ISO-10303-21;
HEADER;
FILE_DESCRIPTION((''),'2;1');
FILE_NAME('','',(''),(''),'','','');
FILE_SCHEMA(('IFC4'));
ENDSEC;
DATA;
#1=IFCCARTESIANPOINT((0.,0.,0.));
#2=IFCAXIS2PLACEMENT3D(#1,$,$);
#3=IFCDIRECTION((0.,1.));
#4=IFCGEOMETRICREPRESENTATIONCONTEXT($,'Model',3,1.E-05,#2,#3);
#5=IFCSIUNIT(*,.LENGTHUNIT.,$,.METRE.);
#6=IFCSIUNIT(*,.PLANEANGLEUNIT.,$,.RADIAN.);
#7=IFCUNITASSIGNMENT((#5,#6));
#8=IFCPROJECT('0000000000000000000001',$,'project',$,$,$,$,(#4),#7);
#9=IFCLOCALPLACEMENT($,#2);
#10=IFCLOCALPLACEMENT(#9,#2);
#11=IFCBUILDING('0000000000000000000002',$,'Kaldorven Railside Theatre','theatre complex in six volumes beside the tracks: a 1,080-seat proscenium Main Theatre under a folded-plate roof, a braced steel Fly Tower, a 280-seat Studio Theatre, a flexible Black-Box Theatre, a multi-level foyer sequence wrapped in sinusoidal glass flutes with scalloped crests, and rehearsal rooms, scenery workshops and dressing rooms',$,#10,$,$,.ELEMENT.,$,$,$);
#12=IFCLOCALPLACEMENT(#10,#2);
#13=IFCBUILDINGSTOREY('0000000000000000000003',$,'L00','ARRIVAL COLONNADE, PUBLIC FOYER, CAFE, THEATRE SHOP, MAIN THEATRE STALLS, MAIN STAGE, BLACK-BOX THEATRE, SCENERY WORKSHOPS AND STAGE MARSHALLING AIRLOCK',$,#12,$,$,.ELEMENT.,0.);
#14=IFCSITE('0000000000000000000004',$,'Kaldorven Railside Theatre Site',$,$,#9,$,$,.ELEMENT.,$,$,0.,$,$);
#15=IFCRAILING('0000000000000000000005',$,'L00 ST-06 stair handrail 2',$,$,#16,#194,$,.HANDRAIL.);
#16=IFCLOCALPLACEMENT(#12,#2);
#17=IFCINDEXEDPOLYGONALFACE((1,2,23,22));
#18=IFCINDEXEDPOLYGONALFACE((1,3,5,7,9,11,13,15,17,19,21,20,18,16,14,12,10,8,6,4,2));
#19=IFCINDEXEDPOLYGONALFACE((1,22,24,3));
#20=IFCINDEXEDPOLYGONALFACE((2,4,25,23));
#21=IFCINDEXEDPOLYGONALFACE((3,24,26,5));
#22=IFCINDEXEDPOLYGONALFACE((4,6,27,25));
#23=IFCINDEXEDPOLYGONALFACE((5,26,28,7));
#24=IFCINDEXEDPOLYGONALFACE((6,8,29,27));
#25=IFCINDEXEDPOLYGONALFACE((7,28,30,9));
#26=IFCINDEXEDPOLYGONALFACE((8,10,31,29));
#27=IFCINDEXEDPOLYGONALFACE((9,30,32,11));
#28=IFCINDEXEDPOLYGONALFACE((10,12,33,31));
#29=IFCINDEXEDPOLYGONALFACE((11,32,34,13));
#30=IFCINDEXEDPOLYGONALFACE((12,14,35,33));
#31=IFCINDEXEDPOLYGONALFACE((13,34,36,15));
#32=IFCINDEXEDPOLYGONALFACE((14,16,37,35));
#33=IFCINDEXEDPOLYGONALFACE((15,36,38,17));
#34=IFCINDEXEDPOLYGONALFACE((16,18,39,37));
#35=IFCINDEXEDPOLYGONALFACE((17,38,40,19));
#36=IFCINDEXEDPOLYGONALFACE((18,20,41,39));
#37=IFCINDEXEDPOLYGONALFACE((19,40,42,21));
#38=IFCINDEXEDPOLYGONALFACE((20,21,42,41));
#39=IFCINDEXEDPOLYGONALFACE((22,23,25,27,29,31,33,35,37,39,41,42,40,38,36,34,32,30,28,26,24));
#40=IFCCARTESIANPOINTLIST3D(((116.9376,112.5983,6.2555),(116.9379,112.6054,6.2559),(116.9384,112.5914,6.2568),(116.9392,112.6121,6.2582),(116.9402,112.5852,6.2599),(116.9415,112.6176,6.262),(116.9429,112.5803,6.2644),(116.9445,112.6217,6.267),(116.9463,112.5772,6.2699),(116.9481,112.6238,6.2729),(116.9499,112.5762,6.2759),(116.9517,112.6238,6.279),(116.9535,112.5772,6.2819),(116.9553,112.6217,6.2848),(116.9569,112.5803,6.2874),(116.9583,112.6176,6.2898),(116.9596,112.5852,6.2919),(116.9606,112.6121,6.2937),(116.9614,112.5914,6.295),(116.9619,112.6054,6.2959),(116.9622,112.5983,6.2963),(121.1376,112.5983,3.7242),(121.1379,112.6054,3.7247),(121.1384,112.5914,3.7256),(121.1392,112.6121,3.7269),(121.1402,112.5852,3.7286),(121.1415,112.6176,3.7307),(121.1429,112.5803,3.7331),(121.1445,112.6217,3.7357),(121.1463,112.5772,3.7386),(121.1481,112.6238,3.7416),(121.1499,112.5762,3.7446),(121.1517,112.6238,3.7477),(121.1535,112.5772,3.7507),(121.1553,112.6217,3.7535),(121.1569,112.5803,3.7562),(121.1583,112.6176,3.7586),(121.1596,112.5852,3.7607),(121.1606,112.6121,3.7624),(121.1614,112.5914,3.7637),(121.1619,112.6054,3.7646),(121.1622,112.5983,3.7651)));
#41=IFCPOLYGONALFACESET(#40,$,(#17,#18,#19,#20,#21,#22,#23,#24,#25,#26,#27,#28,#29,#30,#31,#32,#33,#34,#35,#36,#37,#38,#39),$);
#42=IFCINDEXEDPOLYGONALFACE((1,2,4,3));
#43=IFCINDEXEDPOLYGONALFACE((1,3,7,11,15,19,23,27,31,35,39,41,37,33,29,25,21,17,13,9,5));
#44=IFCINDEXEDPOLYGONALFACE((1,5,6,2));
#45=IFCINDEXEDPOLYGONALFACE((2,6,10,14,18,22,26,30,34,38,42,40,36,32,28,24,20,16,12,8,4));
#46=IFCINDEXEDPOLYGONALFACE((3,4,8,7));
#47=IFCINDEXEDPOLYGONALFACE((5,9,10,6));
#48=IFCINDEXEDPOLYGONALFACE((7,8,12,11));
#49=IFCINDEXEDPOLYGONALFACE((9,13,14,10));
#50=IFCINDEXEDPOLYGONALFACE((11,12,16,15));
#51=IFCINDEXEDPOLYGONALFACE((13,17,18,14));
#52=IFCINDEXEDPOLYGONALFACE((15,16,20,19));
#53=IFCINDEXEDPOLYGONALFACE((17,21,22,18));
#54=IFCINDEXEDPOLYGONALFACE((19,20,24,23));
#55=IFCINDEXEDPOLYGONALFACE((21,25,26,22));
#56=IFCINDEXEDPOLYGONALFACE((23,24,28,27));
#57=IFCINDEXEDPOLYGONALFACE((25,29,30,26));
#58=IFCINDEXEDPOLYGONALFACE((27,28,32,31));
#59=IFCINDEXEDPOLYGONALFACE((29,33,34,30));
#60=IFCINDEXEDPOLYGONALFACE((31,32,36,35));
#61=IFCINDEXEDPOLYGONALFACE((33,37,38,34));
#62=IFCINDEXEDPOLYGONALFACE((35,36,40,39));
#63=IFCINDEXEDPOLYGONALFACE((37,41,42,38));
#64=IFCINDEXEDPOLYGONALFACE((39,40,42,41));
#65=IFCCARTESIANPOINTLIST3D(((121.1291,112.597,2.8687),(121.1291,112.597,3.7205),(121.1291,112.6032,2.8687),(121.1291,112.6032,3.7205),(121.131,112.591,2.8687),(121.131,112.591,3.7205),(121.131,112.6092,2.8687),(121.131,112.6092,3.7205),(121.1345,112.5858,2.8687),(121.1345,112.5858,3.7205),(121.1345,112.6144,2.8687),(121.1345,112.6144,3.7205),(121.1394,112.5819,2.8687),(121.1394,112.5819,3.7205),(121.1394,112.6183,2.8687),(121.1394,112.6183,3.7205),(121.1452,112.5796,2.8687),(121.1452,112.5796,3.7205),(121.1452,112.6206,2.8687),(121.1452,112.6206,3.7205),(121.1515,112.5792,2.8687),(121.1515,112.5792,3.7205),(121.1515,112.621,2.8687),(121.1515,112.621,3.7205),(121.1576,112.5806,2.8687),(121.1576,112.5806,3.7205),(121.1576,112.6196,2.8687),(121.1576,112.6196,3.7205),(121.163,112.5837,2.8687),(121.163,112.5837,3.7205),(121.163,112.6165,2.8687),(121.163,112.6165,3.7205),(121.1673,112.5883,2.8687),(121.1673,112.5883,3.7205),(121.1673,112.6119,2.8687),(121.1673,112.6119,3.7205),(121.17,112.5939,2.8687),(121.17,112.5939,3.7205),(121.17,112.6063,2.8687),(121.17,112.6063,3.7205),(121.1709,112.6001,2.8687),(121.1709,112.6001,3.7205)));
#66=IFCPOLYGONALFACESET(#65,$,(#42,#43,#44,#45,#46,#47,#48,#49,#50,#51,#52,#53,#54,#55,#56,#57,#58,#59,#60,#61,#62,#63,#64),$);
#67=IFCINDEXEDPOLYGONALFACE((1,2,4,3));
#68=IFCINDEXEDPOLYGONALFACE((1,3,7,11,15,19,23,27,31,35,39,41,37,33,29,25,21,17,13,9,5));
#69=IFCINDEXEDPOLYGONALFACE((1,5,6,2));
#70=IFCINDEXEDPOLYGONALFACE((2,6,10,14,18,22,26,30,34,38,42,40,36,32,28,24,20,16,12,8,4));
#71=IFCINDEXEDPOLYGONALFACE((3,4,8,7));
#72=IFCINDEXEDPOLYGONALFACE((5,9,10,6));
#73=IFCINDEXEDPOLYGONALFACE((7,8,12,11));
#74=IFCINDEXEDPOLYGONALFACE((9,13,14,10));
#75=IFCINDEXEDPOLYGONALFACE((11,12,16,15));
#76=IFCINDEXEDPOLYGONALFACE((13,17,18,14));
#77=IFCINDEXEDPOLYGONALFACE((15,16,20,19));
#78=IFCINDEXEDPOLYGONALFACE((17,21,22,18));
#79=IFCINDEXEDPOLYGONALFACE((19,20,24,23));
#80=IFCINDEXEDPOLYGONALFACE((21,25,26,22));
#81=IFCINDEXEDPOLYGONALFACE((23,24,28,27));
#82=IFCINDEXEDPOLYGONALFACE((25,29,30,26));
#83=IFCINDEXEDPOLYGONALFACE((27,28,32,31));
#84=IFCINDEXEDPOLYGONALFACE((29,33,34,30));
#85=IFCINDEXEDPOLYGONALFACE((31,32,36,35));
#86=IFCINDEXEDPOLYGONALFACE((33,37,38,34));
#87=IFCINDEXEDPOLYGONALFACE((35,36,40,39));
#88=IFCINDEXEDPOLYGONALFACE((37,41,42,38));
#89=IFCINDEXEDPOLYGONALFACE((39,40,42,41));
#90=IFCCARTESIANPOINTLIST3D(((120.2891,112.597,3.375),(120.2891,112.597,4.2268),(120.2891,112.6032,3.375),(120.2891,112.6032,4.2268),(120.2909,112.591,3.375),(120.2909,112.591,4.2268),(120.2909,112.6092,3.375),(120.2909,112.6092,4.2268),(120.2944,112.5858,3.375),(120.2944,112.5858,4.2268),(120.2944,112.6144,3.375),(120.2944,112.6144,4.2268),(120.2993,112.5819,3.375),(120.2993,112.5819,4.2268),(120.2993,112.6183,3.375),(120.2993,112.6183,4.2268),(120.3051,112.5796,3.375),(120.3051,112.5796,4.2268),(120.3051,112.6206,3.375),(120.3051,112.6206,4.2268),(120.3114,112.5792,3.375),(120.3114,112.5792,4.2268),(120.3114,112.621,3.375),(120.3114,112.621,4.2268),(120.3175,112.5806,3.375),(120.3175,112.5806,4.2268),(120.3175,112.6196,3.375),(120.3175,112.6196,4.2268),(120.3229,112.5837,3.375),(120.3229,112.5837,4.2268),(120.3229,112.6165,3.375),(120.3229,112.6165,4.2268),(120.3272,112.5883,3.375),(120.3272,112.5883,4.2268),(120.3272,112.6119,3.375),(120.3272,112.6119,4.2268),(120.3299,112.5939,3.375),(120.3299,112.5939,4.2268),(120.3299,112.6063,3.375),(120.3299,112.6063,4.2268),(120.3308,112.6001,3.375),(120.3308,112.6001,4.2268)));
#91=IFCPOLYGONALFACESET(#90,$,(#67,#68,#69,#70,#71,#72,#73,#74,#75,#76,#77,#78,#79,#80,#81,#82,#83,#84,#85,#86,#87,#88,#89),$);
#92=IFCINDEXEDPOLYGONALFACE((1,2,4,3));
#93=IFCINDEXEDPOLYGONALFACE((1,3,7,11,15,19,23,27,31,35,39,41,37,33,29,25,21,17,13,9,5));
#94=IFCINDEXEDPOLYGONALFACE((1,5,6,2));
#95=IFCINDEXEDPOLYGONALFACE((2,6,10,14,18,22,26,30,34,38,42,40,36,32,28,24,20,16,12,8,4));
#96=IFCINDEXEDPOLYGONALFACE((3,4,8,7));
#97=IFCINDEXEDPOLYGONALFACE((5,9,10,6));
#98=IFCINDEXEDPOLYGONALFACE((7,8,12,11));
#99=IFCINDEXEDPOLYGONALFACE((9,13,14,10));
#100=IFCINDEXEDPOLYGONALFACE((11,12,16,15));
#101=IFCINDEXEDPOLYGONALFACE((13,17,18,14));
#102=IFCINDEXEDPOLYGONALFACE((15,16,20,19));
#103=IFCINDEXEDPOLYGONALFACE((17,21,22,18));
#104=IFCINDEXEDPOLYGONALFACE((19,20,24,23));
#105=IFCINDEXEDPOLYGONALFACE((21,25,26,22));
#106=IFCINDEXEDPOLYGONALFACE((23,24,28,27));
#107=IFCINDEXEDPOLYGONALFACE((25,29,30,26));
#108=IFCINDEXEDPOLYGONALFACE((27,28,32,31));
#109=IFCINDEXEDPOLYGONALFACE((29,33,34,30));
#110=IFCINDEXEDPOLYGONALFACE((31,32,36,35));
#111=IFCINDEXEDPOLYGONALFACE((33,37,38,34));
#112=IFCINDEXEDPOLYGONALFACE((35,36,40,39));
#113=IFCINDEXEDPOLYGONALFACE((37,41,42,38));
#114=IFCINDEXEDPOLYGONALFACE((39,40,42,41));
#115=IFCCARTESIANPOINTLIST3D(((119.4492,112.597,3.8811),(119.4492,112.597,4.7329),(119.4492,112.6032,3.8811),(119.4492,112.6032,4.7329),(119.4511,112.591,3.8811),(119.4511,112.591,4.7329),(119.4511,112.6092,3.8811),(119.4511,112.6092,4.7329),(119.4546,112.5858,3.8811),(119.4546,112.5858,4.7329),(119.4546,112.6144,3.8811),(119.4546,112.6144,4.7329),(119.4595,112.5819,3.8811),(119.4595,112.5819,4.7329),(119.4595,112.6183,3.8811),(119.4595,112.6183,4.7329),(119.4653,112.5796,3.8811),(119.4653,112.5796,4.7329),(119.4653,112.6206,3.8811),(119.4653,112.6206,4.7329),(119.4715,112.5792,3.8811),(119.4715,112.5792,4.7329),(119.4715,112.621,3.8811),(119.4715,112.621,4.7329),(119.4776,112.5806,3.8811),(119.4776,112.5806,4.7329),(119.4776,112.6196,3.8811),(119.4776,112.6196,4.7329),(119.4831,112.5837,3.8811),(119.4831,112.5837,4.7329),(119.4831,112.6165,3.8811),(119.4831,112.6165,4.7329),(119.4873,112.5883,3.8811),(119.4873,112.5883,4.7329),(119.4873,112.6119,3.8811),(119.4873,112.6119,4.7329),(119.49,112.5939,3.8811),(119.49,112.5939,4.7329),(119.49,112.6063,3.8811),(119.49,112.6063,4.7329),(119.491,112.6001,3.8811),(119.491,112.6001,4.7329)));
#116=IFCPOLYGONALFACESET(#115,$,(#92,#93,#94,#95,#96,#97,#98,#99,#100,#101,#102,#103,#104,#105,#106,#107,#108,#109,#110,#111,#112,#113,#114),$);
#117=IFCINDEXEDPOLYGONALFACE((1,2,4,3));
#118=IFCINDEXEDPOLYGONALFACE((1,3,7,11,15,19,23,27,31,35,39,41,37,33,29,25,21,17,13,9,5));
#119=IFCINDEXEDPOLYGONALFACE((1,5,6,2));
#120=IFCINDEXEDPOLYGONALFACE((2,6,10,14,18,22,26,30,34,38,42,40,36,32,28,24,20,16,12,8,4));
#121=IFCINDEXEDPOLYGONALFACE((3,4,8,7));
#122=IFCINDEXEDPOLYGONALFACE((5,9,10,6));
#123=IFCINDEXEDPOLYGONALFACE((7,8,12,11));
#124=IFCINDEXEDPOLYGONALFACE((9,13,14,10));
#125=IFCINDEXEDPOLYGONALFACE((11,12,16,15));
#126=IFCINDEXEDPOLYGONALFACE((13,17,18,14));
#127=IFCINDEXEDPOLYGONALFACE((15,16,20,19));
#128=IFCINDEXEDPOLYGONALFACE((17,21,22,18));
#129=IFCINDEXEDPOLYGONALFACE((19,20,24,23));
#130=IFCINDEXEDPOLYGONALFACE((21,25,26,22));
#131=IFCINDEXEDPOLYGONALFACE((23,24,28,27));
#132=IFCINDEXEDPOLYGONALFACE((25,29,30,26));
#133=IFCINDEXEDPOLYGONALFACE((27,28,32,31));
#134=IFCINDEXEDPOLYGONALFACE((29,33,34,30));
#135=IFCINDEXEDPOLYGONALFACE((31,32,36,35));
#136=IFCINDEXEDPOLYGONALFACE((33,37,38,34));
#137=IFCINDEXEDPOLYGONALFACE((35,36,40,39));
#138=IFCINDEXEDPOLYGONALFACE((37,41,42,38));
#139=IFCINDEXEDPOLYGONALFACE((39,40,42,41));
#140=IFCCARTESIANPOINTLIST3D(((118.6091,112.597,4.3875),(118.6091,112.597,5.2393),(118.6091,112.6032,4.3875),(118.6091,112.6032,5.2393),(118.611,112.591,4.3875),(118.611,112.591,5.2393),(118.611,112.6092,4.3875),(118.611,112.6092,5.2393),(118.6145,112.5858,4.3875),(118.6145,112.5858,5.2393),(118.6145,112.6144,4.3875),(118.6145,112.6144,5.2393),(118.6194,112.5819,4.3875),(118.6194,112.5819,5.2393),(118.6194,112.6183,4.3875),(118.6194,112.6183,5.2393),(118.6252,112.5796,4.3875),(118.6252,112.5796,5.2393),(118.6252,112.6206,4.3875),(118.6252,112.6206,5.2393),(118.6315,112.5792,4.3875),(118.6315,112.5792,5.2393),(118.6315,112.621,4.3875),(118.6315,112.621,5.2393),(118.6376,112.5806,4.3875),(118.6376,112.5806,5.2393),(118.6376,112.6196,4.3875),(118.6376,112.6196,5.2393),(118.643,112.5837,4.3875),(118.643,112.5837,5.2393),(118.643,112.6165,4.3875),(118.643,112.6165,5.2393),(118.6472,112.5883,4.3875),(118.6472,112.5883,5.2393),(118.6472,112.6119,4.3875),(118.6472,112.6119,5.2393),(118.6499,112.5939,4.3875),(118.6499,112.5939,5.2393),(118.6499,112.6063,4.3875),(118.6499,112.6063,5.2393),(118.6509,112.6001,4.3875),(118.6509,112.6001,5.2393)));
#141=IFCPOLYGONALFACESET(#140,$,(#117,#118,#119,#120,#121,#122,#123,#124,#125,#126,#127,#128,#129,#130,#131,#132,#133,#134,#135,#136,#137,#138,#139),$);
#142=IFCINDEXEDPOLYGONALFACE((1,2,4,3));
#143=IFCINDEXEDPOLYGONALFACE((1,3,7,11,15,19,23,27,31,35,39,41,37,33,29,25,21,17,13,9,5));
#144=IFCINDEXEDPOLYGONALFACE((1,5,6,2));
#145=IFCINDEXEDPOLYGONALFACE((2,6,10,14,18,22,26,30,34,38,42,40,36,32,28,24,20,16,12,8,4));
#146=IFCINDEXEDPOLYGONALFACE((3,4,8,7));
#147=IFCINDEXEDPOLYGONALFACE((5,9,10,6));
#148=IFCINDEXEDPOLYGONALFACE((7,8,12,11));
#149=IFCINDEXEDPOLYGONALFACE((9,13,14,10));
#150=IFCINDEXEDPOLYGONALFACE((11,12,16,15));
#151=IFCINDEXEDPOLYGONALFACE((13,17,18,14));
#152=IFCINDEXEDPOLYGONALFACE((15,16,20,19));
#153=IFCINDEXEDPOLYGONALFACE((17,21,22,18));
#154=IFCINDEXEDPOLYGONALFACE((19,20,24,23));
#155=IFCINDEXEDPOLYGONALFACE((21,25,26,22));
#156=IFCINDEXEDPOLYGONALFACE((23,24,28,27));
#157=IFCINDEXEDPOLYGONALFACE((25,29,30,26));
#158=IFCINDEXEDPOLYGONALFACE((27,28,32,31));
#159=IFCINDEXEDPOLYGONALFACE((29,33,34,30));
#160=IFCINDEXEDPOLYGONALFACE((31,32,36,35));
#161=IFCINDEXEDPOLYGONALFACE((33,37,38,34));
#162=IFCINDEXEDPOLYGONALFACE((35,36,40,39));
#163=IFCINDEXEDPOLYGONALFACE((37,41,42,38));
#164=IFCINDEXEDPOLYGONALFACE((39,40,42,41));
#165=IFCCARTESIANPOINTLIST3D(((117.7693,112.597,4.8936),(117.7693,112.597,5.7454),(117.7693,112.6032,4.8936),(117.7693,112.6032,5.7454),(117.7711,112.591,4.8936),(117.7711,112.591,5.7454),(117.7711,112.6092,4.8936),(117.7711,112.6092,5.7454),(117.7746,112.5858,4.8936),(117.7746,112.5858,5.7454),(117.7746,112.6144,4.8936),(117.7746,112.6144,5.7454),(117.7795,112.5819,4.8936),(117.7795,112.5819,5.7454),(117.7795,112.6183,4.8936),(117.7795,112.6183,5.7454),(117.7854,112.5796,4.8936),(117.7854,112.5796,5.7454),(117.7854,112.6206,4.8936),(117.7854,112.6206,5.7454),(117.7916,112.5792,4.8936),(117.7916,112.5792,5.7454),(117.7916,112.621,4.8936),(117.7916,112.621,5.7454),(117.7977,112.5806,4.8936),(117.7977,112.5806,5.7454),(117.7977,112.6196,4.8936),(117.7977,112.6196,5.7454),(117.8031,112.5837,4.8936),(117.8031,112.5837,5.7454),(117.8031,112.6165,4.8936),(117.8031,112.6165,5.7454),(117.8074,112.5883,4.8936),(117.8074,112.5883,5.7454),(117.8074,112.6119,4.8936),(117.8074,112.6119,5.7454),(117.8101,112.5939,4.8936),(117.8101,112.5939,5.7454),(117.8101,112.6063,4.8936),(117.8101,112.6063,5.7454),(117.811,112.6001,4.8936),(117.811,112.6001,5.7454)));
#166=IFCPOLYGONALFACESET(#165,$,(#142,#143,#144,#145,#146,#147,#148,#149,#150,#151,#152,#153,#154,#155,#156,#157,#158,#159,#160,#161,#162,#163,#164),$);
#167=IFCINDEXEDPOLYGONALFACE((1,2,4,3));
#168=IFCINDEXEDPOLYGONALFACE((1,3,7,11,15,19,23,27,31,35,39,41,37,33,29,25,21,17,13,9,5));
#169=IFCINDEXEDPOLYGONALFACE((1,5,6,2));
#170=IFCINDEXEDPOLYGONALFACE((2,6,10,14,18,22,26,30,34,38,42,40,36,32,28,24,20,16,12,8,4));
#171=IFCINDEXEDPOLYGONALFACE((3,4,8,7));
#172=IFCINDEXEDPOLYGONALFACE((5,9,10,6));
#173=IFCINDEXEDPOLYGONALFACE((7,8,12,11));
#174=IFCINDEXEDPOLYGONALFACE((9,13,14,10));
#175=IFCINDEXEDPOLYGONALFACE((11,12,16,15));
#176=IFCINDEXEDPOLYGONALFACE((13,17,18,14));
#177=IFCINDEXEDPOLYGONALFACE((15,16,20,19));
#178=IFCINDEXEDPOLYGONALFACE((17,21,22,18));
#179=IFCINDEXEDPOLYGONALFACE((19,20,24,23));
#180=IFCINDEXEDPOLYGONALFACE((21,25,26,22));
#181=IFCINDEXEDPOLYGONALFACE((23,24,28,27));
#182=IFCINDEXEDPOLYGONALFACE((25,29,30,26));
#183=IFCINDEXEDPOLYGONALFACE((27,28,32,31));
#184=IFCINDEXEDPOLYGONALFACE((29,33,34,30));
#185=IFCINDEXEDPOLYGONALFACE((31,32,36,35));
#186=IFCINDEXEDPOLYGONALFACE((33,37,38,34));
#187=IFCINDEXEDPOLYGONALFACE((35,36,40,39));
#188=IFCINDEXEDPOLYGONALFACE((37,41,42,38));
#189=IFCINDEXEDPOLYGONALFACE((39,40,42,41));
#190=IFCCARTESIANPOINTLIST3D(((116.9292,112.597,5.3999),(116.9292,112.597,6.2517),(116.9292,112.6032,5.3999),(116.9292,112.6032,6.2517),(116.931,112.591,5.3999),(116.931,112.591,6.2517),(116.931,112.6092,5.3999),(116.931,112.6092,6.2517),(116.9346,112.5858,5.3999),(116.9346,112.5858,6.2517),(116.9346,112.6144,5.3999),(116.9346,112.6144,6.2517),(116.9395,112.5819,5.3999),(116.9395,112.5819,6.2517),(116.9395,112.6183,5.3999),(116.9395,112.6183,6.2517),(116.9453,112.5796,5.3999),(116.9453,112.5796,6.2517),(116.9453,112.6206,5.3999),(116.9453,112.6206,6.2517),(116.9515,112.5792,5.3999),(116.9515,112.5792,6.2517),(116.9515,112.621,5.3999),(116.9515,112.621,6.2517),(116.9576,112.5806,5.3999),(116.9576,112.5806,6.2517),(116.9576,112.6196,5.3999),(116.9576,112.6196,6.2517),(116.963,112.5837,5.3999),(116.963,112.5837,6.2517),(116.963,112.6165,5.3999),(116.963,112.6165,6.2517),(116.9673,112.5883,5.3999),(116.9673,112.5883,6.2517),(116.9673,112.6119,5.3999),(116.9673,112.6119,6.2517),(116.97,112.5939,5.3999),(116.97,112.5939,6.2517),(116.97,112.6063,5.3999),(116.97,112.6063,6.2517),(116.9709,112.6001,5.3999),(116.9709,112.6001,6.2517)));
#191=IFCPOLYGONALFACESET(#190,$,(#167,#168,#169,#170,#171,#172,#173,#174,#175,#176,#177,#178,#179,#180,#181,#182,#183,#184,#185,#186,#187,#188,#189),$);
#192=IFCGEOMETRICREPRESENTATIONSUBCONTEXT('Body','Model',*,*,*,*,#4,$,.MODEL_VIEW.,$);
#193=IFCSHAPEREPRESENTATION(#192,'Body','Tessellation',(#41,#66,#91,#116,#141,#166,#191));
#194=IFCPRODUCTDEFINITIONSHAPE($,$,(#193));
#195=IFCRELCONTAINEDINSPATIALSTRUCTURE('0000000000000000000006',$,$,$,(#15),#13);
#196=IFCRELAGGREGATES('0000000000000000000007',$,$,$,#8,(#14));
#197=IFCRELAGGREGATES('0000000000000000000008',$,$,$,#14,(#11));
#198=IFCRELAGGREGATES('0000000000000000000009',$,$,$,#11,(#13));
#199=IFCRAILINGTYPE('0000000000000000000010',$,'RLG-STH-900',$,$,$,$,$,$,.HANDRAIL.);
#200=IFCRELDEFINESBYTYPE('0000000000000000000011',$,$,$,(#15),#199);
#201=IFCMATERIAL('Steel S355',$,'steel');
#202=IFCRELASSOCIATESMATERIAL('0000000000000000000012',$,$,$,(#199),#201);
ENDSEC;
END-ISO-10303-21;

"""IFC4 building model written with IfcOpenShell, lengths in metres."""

from ifc_helpers import new_model, si_unit, direction, frame, origin, origin_2d, place, context, subcontext, project, spatial, circle, extrude, material, type_object, element, save


model = new_model("IFC4")

# Units and contexts
model_context = context("Model", 3, precision=1e-05, world=origin(), true_north=direction((0.0, 1.0)))
body_context = subcontext(model_context, "Body", "Model", "MODEL_VIEW")
ifc_project = project(units=[si_unit("LENGTHUNIT", "METRE"), si_unit("PLANEANGLEUNIT", "RADIAN")], contexts=[model_context])

# Site, building, storey
site_placement = place(None, origin())
site = spatial("IfcSite", under=ifc_project, at=site_placement, Name="Kaldorven Railside Theatre Site", CompositionType="ELEMENT", RefElevation=0.0)
building_placement = place(site_placement, origin())
building = spatial("IfcBuilding", under=site, at=building_placement, Name="Kaldorven Railside Theatre", Description="theatre complex in six volumes beside the tracks: a 1,080-seat proscenium Main Theatre under a folded-plate roof, a braced steel Fly Tower, a 280-seat Studio Theatre, a flexible Black-Box Theatre, a multi-level foyer sequence wrapped in sinusoidal glass flutes with scalloped crests, and rehearsal rooms, scenery workshops and dressing rooms", CompositionType="ELEMENT")
storey_placement = place(building_placement, origin())
storey = spatial("IfcBuildingStorey", under=building, at=storey_placement, Name="L00", Description="ARRIVAL COLONNADE, PUBLIC FOYER, CAFE, THEATRE SHOP, MAIN THEATRE STALLS, MAIN STAGE, BLACK-BOX THEATRE, SCENERY WORKSHOPS AND STAGE MARSHALLING AIRLOCK", CompositionType="ELEMENT", Elevation=0.0)

# Shared definitions
ifc_material_1 = material(Name="Steel S355", Category="steel")

# Railing
railing_type = type_object("IfcRailingType", Name="RLG-STH-900", PredefinedType="HANDRAIL", material=ifc_material_1)
railing_placement = place(storey_placement, frame((121.1499, 112.6001, 2.8687)))
element("IfcRailing", 1, at=railing_placement, inside=storey, type_object=railing_type, Name="L00 ST-06 stair handrail 2", PredefinedType="HANDRAIL", context=body_context, shape_type="SweptSolid", body=[
    extrude(circle(Radius=0.0239, at=origin_2d()), frame((0.0, 0.0, 0.876), z_axis=(-0.856476, 0.0, 0.516186), x_axis=(0.0, -1.0, 0.0)), (0.0, 0.0, 1.0), 4.9038),
    extrude(circle(Radius=0.021, at=origin_2d()), origin(), (0.0, 0.0, 1.0), 0.8518),
    extrude(circle(Radius=0.021, at=origin_2d()), frame((-0.8401, 0.0, 0.5063)), (0.0, 0.0, 1.0), 0.8518),
    extrude(circle(Radius=0.021, at=origin_2d()), frame((-1.6799, 0.0, 1.0125)), (0.0, 0.0, 1.0), 0.8518),
    extrude(circle(Radius=0.021, at=origin_2d()), frame((-2.52, 0.0, 1.5188)), (0.0, 0.0, 1.0), 0.8518),
    extrude(circle(Radius=0.021, at=origin_2d()), frame((-3.3599, 0.0, 2.0249)), (0.0, 0.0, 1.0), 0.8518),
    extrude(circle(Radius=0.021, at=origin_2d()), frame((-4.2, 0.0, 2.5312)), (0.0, 0.0, 1.0), 0.8518),
])

save(model, "model.ifc")
